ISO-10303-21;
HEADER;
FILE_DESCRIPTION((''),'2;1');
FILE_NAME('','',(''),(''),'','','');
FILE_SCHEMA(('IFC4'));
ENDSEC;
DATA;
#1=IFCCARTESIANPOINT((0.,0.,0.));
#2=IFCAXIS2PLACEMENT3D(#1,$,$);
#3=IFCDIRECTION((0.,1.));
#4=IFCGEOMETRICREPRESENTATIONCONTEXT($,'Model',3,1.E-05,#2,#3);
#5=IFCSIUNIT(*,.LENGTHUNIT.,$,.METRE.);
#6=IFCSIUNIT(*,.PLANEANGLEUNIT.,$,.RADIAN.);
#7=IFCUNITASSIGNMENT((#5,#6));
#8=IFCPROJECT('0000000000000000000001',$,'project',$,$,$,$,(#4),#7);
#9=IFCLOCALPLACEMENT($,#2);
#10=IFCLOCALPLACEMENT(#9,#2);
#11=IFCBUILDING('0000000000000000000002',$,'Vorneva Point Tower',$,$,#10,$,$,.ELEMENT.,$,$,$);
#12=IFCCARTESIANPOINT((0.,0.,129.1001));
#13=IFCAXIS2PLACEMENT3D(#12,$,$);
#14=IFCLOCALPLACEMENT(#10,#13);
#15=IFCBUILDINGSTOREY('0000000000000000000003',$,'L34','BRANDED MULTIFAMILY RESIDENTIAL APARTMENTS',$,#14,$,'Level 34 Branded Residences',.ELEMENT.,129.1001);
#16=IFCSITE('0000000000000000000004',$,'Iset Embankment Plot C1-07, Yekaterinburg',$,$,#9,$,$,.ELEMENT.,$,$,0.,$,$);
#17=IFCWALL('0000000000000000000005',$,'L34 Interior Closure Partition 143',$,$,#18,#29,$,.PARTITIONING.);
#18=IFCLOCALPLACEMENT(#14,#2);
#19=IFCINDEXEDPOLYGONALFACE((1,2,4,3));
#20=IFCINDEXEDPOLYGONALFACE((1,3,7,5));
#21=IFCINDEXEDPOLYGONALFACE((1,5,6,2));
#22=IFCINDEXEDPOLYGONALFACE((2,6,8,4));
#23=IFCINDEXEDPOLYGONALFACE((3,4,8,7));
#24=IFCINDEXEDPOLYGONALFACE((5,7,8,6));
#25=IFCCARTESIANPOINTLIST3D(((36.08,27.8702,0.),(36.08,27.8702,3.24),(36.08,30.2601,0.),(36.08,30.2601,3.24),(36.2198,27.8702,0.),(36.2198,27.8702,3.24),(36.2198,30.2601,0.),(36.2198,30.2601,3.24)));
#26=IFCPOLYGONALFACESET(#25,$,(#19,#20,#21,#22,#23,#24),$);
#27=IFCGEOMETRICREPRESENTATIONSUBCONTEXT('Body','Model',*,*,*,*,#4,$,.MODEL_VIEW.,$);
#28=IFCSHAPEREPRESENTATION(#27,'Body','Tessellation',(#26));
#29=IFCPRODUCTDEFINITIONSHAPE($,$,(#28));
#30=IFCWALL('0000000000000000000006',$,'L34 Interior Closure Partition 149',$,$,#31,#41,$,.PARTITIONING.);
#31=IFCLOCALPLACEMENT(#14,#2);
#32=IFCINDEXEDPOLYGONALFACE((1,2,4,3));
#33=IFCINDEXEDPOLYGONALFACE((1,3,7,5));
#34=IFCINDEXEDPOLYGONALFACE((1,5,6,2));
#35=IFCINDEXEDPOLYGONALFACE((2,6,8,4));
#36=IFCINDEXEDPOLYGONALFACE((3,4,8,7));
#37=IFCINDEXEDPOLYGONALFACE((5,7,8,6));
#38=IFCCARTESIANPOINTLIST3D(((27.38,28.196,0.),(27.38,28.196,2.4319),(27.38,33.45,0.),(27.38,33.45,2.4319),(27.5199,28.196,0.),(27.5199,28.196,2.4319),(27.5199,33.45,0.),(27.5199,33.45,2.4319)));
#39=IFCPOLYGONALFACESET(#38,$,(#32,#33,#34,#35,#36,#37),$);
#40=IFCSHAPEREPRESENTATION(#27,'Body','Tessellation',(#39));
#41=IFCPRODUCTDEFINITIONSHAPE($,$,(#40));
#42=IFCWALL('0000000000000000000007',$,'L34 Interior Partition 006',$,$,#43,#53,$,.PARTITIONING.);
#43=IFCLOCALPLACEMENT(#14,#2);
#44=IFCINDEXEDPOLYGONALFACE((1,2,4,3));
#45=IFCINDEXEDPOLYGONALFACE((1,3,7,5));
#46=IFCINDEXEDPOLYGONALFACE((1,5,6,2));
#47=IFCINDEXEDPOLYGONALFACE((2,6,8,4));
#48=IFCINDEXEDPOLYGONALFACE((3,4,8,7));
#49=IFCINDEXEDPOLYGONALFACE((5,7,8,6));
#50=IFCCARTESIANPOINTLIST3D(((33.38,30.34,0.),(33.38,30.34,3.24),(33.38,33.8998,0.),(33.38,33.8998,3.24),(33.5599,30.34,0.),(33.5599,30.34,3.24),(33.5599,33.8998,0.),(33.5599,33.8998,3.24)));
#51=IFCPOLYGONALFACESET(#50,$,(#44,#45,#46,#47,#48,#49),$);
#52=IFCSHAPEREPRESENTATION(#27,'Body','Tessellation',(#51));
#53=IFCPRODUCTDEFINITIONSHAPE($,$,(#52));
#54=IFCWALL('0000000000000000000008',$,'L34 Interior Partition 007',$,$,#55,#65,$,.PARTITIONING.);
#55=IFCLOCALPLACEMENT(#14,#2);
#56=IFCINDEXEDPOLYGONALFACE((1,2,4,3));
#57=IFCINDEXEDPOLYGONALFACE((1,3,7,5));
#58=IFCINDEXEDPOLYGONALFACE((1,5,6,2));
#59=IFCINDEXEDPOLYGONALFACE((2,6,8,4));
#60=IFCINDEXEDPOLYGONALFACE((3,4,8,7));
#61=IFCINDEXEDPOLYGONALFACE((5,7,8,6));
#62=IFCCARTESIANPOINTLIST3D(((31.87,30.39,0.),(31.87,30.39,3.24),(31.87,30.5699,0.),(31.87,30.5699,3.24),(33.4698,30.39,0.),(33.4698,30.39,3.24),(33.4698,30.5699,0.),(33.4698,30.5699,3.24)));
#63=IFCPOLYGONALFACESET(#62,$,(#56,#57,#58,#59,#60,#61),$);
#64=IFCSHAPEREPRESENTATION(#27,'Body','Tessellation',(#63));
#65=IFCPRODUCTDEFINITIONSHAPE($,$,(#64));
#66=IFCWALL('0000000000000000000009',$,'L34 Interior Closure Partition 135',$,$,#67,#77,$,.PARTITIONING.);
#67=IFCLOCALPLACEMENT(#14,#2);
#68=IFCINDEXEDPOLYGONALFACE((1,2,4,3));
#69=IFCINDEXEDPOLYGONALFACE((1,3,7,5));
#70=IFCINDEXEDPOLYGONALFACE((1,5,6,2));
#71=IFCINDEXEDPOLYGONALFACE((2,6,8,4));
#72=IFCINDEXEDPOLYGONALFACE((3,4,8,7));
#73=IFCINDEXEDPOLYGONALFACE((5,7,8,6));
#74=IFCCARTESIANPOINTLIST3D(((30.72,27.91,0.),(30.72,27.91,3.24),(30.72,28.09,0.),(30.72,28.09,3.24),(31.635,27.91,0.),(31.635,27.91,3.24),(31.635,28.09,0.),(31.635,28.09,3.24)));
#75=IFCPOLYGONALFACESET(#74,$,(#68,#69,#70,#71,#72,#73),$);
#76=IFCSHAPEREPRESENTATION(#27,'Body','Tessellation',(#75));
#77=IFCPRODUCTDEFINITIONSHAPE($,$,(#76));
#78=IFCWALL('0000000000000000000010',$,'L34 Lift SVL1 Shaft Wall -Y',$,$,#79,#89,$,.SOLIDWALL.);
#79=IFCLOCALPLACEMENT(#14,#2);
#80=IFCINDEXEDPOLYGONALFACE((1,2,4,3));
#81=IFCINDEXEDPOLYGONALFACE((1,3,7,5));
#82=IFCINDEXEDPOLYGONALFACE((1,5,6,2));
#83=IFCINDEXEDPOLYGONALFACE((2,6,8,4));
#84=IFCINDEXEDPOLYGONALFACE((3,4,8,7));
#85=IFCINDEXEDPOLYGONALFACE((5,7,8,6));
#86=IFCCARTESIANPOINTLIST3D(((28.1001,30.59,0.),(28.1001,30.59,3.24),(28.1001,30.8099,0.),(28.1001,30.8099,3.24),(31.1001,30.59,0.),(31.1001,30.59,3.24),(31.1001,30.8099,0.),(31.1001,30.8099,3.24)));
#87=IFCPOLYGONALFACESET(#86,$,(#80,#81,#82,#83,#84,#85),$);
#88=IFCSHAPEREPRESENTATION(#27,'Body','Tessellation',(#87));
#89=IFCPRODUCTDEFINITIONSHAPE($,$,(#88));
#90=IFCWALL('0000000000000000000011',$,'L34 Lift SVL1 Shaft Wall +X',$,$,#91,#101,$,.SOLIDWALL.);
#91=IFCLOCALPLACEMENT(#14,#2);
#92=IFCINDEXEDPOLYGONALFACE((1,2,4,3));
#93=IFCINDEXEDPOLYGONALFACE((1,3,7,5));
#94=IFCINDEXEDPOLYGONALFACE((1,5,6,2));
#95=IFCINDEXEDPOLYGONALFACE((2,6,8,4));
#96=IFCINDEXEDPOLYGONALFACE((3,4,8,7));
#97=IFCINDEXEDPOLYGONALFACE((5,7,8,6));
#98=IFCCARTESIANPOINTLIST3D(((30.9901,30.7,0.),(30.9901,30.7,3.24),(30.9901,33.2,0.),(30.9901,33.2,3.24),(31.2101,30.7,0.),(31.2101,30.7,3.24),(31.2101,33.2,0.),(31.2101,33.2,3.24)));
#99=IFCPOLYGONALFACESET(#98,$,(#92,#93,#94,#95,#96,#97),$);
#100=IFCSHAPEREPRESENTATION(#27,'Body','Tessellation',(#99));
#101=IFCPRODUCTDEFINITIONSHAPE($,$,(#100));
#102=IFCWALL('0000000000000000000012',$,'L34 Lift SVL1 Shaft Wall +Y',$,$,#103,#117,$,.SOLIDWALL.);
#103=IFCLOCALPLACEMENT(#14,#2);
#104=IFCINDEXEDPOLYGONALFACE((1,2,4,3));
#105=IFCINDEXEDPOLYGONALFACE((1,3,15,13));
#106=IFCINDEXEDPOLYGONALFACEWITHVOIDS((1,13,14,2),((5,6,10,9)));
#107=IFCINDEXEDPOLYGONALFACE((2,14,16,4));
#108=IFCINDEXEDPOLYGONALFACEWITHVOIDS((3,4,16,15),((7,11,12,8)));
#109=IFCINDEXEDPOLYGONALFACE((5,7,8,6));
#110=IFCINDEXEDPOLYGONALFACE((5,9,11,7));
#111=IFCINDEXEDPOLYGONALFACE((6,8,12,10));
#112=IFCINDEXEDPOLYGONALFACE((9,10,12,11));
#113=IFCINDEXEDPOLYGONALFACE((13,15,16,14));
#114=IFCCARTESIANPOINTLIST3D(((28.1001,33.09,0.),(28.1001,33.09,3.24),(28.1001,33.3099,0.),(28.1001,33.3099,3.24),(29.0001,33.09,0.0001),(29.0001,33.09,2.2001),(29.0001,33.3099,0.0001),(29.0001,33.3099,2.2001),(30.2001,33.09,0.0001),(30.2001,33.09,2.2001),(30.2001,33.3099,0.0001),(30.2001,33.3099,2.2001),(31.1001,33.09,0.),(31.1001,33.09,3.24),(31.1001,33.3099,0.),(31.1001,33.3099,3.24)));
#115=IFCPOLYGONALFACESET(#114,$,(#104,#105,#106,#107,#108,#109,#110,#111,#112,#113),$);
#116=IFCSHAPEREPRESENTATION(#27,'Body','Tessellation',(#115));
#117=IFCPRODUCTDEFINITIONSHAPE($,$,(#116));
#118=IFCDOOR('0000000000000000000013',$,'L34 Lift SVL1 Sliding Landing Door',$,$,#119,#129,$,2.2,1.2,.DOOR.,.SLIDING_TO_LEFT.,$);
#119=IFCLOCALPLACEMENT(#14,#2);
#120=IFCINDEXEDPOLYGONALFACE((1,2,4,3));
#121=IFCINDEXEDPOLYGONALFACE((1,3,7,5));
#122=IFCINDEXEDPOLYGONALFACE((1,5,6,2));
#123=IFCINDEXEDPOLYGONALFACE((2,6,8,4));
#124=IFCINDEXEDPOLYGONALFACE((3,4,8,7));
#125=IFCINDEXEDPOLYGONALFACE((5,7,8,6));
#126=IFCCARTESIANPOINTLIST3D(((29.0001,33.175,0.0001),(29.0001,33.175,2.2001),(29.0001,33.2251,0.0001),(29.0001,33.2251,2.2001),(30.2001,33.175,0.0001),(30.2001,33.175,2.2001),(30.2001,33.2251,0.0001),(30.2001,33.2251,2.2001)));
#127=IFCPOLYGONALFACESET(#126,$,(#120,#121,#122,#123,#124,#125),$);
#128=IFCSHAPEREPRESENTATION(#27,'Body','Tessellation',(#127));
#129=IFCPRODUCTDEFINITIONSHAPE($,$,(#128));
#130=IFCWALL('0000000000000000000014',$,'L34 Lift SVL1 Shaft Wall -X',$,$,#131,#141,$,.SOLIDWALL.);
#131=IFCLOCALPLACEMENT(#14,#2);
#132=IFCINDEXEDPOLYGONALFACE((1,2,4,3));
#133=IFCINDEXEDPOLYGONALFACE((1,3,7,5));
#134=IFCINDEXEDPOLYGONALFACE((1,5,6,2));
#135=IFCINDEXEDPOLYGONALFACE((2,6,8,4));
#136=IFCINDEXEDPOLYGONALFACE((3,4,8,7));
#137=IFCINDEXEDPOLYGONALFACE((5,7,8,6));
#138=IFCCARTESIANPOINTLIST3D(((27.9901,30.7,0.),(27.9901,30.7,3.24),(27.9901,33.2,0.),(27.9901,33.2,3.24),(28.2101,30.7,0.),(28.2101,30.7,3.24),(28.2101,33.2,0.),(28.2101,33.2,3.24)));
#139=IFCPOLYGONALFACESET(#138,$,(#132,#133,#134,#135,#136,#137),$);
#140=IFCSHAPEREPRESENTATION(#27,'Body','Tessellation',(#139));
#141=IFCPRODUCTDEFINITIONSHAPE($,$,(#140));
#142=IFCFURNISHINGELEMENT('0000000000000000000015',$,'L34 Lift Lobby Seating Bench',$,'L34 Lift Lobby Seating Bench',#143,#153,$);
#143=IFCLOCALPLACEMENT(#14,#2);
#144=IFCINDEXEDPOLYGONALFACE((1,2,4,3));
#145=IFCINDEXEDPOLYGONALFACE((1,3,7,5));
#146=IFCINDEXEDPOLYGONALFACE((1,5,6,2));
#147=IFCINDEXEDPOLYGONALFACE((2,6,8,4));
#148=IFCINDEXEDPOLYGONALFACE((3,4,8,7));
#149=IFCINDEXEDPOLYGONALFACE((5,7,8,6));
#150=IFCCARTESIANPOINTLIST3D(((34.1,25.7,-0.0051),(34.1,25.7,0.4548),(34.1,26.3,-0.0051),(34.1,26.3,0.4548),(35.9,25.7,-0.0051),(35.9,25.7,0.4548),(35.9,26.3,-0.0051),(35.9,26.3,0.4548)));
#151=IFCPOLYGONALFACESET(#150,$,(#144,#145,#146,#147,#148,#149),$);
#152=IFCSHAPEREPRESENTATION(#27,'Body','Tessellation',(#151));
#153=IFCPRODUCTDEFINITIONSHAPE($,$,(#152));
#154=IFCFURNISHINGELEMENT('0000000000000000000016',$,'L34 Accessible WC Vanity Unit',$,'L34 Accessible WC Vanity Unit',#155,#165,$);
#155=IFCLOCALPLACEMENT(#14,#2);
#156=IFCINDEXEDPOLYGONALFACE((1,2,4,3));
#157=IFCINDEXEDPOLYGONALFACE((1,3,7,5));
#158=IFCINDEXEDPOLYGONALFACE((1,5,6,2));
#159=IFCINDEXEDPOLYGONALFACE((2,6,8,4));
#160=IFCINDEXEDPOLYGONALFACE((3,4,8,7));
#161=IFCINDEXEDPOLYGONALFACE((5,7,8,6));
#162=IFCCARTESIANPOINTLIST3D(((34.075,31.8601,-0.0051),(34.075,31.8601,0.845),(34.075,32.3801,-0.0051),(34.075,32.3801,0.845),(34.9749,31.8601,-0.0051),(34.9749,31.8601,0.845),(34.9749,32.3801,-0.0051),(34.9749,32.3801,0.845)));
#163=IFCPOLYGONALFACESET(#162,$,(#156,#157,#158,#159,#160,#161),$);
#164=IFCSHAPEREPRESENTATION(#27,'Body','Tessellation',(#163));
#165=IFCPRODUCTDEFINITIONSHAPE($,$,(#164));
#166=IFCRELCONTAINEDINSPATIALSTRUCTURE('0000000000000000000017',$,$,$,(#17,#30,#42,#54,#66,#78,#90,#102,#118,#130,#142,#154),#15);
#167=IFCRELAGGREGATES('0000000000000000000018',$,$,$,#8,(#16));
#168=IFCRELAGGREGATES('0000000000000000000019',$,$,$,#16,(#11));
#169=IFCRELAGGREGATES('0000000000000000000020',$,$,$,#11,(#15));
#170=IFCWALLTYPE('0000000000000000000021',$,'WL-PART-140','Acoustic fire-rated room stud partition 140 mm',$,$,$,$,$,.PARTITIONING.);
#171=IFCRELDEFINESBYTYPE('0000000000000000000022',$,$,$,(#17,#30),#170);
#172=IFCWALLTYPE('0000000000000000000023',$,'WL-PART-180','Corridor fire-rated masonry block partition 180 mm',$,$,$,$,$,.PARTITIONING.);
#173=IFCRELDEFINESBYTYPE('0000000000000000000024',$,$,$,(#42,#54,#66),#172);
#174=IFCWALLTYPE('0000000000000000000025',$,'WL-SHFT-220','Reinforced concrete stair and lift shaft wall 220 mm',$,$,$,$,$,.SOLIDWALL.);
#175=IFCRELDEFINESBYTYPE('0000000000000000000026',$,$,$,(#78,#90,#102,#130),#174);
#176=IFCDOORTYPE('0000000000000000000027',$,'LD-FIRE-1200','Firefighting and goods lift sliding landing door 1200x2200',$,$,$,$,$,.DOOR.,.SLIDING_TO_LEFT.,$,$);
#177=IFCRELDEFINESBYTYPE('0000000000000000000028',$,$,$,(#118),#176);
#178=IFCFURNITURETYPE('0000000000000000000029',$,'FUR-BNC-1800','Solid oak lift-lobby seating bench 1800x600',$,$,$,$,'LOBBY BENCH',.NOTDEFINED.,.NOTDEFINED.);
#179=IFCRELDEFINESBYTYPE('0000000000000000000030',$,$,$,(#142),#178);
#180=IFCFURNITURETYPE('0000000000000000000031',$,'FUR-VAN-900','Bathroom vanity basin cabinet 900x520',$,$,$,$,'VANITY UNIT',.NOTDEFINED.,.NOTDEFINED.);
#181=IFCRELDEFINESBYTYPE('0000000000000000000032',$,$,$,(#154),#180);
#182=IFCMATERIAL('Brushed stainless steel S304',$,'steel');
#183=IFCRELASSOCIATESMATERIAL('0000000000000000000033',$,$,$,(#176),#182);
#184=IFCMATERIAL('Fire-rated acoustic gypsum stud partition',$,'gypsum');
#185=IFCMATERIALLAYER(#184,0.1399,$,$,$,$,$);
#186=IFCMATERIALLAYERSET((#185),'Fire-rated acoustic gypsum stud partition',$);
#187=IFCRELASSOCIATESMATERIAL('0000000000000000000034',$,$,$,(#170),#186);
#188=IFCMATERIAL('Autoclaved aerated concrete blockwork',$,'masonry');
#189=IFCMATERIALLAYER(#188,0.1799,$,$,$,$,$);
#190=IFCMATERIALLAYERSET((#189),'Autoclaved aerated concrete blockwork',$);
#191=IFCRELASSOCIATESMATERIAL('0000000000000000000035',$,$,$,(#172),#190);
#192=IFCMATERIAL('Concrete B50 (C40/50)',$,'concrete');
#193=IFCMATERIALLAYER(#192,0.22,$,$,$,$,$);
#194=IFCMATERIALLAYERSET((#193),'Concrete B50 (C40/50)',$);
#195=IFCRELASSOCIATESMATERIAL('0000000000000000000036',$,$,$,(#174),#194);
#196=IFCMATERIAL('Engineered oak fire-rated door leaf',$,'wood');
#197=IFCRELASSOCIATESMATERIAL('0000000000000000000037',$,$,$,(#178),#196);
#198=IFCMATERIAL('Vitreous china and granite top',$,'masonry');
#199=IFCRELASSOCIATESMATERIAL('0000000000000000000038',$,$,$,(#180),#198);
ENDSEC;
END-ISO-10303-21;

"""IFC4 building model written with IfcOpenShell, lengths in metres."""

from ifc_helpers import new_model, si_unit, direction, frame, frame_2d, origin, origin_2d, place, context, subcontext, project, spatial, rectangle, extrude, material, layer, layer_set, type_object, element, fill, save


model = new_model("IFC4")

# Units and contexts
model_context = context("Model", 3, precision=1e-05, world=origin(), true_north=direction((0.0, 1.0)))
body_context = subcontext(model_context, "Body", "Model", "MODEL_VIEW")
ifc_project = project(units=[si_unit("LENGTHUNIT", "METRE"), si_unit("PLANEANGLEUNIT", "RADIAN")], contexts=[model_context])

# Site, building, storey
site_placement = place(None, origin())
site = spatial("IfcSite", under=ifc_project, at=site_placement, Name="Iset Embankment Plot C1-07, Yekaterinburg", CompositionType="ELEMENT", RefElevation=0.0)
building_placement = place(site_placement, origin())
building = spatial("IfcBuilding", under=site, at=building_placement, Name="Vorneva Point Tower", CompositionType="ELEMENT")
storey_placement = place(building_placement, frame((0.0, 0.0, 129.1001)))
storey = spatial("IfcBuildingStorey", under=building, at=storey_placement, Name="L34", Description="BRANDED MULTIFAMILY RESIDENTIAL APARTMENTS", LongName="Level 34 Branded Residences", CompositionType="ELEMENT", Elevation=129.1001)

# Shared definitions
ifc_material_1 = material(Name="Brushed stainless steel S304", Category="steel")
door_type_1 = type_object("IfcDoorType", Name="LD-FIRE-1200", Description="Firefighting and goods lift sliding landing door 1200x2200", OperationType="SLIDING_TO_LEFT", PredefinedType="DOOR", material=ifc_material_1)

# Walls
ifc_material_2 = material(Name="Fire-rated acoustic gypsum stud partition", Category="gypsum")
ifc_layer_1 = layer(ifc_material_2, 0.1399)
ifc_layer_set_1 = layer_set([ifc_layer_1], Name="Fire-rated acoustic gypsum stud partition")
wall_type_1 = type_object("IfcWallType", Name="WL-PART-140", Description="Acoustic fire-rated room stud partition 140 mm", PredefinedType="PARTITIONING", material=ifc_layer_set_1)
for number, where, z_axis, x_axis, name in (
    (1, (36.1499, 30.26, 0.0), (0.0, 0.0, 1.0), (0.0, -1.0, 0.0), "L34 Interior Closure Partition 143"),
):
    element("IfcWall", number, at=place(storey_placement, frame(where, z_axis=z_axis, x_axis=x_axis)), inside=storey, type_object=wall_type_1, Name=name, PredefinedType="PARTITIONING", context=body_context, shape_type="SweptSolid", body=[
        extrude(rectangle(XDim=2.3899, YDim=0.1399, at=frame_2d((1.1948, 0.0))), origin(), (0.0, 0.0, 1.0), 3.24),
    ])
wall_1_placement = place(storey_placement, frame((27.45, 33.45, 0.0), z_axis=(0.0, 0.0, 1.0), x_axis=(0.0, -1.0, 0.0)))
element("IfcWall", 2, at=wall_1_placement, inside=storey, type_object=wall_type_1, Name="L34 Interior Closure Partition 149", PredefinedType="PARTITIONING", context=body_context, shape_type="SweptSolid", body=[
    extrude(rectangle(XDim=5.2539, YDim=0.1399, at=frame_2d((2.627, 0.0))), origin(), (0.0, 0.0, 1.0), 2.4319),
])

# Shared definitions
ifc_material_3 = material(Name="Autoclaved aerated concrete blockwork", Category="masonry")
ifc_layer_2 = layer(ifc_material_3, 0.1799)
ifc_layer_set_2 = layer_set([ifc_layer_2], Name="Autoclaved aerated concrete blockwork")
wall_type_2 = type_object("IfcWallType", Name="WL-PART-180", Description="Corridor fire-rated masonry block partition 180 mm", PredefinedType="PARTITIONING", material=ifc_layer_set_2)

# Walls
wall_2_placement = place(storey_placement, frame((33.47, 30.3401, 0.0), z_axis=(0.0, 0.0, 1.0), x_axis=(0.0, 1.0, 0.0)))
element("IfcWall", 3, at=wall_2_placement, inside=storey, type_object=wall_type_2, Name="L34 Interior Partition 006", PredefinedType="PARTITIONING", context=body_context, shape_type="SweptSolid", body=[
    extrude(rectangle(XDim=3.5598, YDim=0.1799, at=frame_2d((1.7798, 0.0))), origin(), (0.0, 0.0, 1.0), 3.24),
])
wall_3_placement = place(storey_placement, frame((31.8701, 30.48, 0.0), z_axis=(0.0, 0.0, 1.0), x_axis=(1.0, 0.0, 0.0)))
element("IfcWall", 4, at=wall_3_placement, inside=storey, type_object=wall_type_2, Name="L34 Interior Partition 007", PredefinedType="PARTITIONING", context=body_context, shape_type="SweptSolid", body=[
    extrude(rectangle(XDim=1.5999, YDim=0.1799, at=frame_2d((0.7998, 0.0))), origin(), (0.0, 0.0, 1.0), 3.24),
])

# Shared definitions
ifc_material_4 = material(Name="Engineered oak fire-rated door leaf", Category="wood")

# Walls
wall_4_placement = place(storey_placement, frame((31.635, 28.0, 0.0), z_axis=(0.0, 0.0, 1.0), x_axis=(-1.0, 0.0, 0.0)))
element("IfcWall", 5, at=wall_4_placement, inside=storey, type_object=wall_type_2, Name="L34 Interior Closure Partition 135", PredefinedType="PARTITIONING", context=body_context, shape_type="SweptSolid", body=[
    extrude(rectangle(XDim=0.915, YDim=0.1799, at=frame_2d((0.4575, 0.0))), origin(), (0.0, 0.0, 1.0), 3.24),
])
ifc_material_5 = material(Name="Concrete B50 (C40/50)", Category="concrete")
ifc_layer_3 = layer(ifc_material_5, 0.22)
ifc_layer_set_3 = layer_set([ifc_layer_3], Name="Concrete B50 (C40/50)")
wall_type_3 = type_object("IfcWallType", Name="WL-SHFT-220", Description="Reinforced concrete stair and lift shaft wall 220 mm", PredefinedType="SOLIDWALL", material=ifc_layer_set_3)
wall_5_placement = place(storey_placement, frame((28.1001, 30.7, 0.0), z_axis=(0.0, 0.0, 1.0), x_axis=(1.0, 0.0, 0.0)))
element("IfcWall", 6, at=wall_5_placement, inside=storey, type_object=wall_type_3, Name="L34 Lift SVL1 Shaft Wall -Y", PredefinedType="SOLIDWALL", context=body_context, shape_type="SweptSolid", body=[
    extrude(rectangle(XDim=3.0, YDim=0.22, at=frame_2d((1.5, 0.0))), origin(), (0.0, 0.0, 1.0), 3.24),
])
wall_6_placement = place(storey_placement, frame((31.1001, 30.7, 0.0), z_axis=(0.0, 0.0, 1.0), x_axis=(0.0, 1.0, 0.0)))
element("IfcWall", 7, at=wall_6_placement, inside=storey, type_object=wall_type_3, Name="L34 Lift SVL1 Shaft Wall +X", PredefinedType="SOLIDWALL", context=body_context, shape_type="SweptSolid", body=[
    extrude(rectangle(XDim=2.5, YDim=0.22, at=frame_2d((1.25, 0.0))), origin(), (0.0, 0.0, 1.0), 3.24),
])

# Wall, opening, door
wall_7_placement = place(storey_placement, frame((31.1001, 33.2, 0.0), z_axis=(0.0, 0.0, 1.0), x_axis=(-1.0, 0.0, 0.0)))
wall_7 = element("IfcWall", 8, at=wall_7_placement, inside=storey, type_object=wall_type_3, Name="L34 Lift SVL1 Shaft Wall +Y", PredefinedType="SOLIDWALL", context=body_context, shape_type="SweptSolid", body=[
    extrude(rectangle(XDim=3.0, YDim=0.22, at=frame_2d((1.5, 0.0))), origin(), (0.0, 0.0, 1.0), 3.24),
])
opening_1_placement = place(wall_7_placement, frame((0.8999, 0.0, 0.0)))
opening_1 = element("IfcOpeningElement", 9, at=opening_1_placement, cuts=wall_7, PredefinedType="OPENING", context=body_context, shape_type="SweptSolid", body=[
    extrude(rectangle(XDim=1.2, YDim=2.2, at=frame_2d((0.6001, 1.1001))), frame((0.0, 0.125, 0.0), z_axis=(0.0, -1.0, 0.0), x_axis=(1.0, 0.0, 0.0)), (0.0, 0.0, 1.0), 0.2498),
])
door_1_placement = place(opening_1_placement, origin())
door_1 = element("IfcDoor", 10, at=door_1_placement, inside=storey, type_object=door_type_1, Name="L34 Lift SVL1 Sliding Landing Door", OperationType="SLIDING_TO_LEFT", OverallHeight=2.2, OverallWidth=1.2, PredefinedType="DOOR", context=body_context, shape_type="SweptSolid", body=[
    extrude(rectangle(XDim=1.2, YDim=2.2, at=frame_2d((0.6001, 1.1001))), frame((0.0, 0.0249, 0.0), z_axis=(0.0, -1.0, 0.0), x_axis=(1.0, 0.0, 0.0)), (0.0, 0.0, 1.0), 0.05),
])
fill(opening_1, door_1)

# Wall
wall_8_placement = place(storey_placement, frame((28.1001, 33.2, 0.0), z_axis=(0.0, 0.0, 1.0), x_axis=(0.0, -1.0, 0.0)))
element("IfcWall", 11, at=wall_8_placement, inside=storey, type_object=wall_type_3, Name="L34 Lift SVL1 Shaft Wall -X", PredefinedType="SOLIDWALL", context=body_context, shape_type="SweptSolid", body=[
    extrude(rectangle(XDim=2.5, YDim=0.22, at=frame_2d((1.25, 0.0))), origin(), (0.0, 0.0, 1.0), 3.24),
])

# Furnishing elements
furniture_type_1 = type_object("IfcFurnitureType", Name="FUR-BNC-1800", Description="Solid oak lift-lobby seating bench 1800x600", ElementType="LOBBY BENCH", AssemblyPlace="NOTDEFINED", PredefinedType="NOTDEFINED", material=ifc_material_4)
furnishing_1_placement = place(storey_placement, frame((35.0, 26.0, -0.0051), z_axis=(0.0, 0.0, 1.0), x_axis=(1.0, 0.0, 0.0)))
element("IfcFurnishingElement", 12, at=furnishing_1_placement, inside=storey, type_object=furniture_type_1, Name="L34 Lift Lobby Seating Bench", ObjectType="L34 Lift Lobby Seating Bench", context=body_context, shape_type="SweptSolid", body=[
    extrude(rectangle(XDim=1.8, YDim=0.6001, at=origin_2d()), origin(), (0.0, 0.0, 1.0), 0.46),
])
ifc_material_6 = material(Name="Vitreous china and granite top", Category="masonry")
furniture_type_2 = type_object("IfcFurnitureType", Name="FUR-VAN-900", Description="Bathroom vanity basin cabinet 900x520", ElementType="VANITY UNIT", AssemblyPlace="NOTDEFINED", PredefinedType="NOTDEFINED", material=ifc_material_6)
furnishing_2_placement = place(storey_placement, frame((34.5249, 32.1201, -0.0051), z_axis=(0.0, 0.0, 1.0), x_axis=(1.0, 0.0, 0.0)))
element("IfcFurnishingElement", 13, at=furnishing_2_placement, inside=storey, type_object=furniture_type_2, Name="L34 Accessible WC Vanity Unit", ObjectType="L34 Accessible WC Vanity Unit", context=body_context, shape_type="SweptSolid", body=[
    extrude(rectangle(XDim=0.8999, YDim=0.52, at=origin_2d()), origin(), (0.0, 0.0, 1.0), 0.8501),
])

save(model, "model.ifc")
